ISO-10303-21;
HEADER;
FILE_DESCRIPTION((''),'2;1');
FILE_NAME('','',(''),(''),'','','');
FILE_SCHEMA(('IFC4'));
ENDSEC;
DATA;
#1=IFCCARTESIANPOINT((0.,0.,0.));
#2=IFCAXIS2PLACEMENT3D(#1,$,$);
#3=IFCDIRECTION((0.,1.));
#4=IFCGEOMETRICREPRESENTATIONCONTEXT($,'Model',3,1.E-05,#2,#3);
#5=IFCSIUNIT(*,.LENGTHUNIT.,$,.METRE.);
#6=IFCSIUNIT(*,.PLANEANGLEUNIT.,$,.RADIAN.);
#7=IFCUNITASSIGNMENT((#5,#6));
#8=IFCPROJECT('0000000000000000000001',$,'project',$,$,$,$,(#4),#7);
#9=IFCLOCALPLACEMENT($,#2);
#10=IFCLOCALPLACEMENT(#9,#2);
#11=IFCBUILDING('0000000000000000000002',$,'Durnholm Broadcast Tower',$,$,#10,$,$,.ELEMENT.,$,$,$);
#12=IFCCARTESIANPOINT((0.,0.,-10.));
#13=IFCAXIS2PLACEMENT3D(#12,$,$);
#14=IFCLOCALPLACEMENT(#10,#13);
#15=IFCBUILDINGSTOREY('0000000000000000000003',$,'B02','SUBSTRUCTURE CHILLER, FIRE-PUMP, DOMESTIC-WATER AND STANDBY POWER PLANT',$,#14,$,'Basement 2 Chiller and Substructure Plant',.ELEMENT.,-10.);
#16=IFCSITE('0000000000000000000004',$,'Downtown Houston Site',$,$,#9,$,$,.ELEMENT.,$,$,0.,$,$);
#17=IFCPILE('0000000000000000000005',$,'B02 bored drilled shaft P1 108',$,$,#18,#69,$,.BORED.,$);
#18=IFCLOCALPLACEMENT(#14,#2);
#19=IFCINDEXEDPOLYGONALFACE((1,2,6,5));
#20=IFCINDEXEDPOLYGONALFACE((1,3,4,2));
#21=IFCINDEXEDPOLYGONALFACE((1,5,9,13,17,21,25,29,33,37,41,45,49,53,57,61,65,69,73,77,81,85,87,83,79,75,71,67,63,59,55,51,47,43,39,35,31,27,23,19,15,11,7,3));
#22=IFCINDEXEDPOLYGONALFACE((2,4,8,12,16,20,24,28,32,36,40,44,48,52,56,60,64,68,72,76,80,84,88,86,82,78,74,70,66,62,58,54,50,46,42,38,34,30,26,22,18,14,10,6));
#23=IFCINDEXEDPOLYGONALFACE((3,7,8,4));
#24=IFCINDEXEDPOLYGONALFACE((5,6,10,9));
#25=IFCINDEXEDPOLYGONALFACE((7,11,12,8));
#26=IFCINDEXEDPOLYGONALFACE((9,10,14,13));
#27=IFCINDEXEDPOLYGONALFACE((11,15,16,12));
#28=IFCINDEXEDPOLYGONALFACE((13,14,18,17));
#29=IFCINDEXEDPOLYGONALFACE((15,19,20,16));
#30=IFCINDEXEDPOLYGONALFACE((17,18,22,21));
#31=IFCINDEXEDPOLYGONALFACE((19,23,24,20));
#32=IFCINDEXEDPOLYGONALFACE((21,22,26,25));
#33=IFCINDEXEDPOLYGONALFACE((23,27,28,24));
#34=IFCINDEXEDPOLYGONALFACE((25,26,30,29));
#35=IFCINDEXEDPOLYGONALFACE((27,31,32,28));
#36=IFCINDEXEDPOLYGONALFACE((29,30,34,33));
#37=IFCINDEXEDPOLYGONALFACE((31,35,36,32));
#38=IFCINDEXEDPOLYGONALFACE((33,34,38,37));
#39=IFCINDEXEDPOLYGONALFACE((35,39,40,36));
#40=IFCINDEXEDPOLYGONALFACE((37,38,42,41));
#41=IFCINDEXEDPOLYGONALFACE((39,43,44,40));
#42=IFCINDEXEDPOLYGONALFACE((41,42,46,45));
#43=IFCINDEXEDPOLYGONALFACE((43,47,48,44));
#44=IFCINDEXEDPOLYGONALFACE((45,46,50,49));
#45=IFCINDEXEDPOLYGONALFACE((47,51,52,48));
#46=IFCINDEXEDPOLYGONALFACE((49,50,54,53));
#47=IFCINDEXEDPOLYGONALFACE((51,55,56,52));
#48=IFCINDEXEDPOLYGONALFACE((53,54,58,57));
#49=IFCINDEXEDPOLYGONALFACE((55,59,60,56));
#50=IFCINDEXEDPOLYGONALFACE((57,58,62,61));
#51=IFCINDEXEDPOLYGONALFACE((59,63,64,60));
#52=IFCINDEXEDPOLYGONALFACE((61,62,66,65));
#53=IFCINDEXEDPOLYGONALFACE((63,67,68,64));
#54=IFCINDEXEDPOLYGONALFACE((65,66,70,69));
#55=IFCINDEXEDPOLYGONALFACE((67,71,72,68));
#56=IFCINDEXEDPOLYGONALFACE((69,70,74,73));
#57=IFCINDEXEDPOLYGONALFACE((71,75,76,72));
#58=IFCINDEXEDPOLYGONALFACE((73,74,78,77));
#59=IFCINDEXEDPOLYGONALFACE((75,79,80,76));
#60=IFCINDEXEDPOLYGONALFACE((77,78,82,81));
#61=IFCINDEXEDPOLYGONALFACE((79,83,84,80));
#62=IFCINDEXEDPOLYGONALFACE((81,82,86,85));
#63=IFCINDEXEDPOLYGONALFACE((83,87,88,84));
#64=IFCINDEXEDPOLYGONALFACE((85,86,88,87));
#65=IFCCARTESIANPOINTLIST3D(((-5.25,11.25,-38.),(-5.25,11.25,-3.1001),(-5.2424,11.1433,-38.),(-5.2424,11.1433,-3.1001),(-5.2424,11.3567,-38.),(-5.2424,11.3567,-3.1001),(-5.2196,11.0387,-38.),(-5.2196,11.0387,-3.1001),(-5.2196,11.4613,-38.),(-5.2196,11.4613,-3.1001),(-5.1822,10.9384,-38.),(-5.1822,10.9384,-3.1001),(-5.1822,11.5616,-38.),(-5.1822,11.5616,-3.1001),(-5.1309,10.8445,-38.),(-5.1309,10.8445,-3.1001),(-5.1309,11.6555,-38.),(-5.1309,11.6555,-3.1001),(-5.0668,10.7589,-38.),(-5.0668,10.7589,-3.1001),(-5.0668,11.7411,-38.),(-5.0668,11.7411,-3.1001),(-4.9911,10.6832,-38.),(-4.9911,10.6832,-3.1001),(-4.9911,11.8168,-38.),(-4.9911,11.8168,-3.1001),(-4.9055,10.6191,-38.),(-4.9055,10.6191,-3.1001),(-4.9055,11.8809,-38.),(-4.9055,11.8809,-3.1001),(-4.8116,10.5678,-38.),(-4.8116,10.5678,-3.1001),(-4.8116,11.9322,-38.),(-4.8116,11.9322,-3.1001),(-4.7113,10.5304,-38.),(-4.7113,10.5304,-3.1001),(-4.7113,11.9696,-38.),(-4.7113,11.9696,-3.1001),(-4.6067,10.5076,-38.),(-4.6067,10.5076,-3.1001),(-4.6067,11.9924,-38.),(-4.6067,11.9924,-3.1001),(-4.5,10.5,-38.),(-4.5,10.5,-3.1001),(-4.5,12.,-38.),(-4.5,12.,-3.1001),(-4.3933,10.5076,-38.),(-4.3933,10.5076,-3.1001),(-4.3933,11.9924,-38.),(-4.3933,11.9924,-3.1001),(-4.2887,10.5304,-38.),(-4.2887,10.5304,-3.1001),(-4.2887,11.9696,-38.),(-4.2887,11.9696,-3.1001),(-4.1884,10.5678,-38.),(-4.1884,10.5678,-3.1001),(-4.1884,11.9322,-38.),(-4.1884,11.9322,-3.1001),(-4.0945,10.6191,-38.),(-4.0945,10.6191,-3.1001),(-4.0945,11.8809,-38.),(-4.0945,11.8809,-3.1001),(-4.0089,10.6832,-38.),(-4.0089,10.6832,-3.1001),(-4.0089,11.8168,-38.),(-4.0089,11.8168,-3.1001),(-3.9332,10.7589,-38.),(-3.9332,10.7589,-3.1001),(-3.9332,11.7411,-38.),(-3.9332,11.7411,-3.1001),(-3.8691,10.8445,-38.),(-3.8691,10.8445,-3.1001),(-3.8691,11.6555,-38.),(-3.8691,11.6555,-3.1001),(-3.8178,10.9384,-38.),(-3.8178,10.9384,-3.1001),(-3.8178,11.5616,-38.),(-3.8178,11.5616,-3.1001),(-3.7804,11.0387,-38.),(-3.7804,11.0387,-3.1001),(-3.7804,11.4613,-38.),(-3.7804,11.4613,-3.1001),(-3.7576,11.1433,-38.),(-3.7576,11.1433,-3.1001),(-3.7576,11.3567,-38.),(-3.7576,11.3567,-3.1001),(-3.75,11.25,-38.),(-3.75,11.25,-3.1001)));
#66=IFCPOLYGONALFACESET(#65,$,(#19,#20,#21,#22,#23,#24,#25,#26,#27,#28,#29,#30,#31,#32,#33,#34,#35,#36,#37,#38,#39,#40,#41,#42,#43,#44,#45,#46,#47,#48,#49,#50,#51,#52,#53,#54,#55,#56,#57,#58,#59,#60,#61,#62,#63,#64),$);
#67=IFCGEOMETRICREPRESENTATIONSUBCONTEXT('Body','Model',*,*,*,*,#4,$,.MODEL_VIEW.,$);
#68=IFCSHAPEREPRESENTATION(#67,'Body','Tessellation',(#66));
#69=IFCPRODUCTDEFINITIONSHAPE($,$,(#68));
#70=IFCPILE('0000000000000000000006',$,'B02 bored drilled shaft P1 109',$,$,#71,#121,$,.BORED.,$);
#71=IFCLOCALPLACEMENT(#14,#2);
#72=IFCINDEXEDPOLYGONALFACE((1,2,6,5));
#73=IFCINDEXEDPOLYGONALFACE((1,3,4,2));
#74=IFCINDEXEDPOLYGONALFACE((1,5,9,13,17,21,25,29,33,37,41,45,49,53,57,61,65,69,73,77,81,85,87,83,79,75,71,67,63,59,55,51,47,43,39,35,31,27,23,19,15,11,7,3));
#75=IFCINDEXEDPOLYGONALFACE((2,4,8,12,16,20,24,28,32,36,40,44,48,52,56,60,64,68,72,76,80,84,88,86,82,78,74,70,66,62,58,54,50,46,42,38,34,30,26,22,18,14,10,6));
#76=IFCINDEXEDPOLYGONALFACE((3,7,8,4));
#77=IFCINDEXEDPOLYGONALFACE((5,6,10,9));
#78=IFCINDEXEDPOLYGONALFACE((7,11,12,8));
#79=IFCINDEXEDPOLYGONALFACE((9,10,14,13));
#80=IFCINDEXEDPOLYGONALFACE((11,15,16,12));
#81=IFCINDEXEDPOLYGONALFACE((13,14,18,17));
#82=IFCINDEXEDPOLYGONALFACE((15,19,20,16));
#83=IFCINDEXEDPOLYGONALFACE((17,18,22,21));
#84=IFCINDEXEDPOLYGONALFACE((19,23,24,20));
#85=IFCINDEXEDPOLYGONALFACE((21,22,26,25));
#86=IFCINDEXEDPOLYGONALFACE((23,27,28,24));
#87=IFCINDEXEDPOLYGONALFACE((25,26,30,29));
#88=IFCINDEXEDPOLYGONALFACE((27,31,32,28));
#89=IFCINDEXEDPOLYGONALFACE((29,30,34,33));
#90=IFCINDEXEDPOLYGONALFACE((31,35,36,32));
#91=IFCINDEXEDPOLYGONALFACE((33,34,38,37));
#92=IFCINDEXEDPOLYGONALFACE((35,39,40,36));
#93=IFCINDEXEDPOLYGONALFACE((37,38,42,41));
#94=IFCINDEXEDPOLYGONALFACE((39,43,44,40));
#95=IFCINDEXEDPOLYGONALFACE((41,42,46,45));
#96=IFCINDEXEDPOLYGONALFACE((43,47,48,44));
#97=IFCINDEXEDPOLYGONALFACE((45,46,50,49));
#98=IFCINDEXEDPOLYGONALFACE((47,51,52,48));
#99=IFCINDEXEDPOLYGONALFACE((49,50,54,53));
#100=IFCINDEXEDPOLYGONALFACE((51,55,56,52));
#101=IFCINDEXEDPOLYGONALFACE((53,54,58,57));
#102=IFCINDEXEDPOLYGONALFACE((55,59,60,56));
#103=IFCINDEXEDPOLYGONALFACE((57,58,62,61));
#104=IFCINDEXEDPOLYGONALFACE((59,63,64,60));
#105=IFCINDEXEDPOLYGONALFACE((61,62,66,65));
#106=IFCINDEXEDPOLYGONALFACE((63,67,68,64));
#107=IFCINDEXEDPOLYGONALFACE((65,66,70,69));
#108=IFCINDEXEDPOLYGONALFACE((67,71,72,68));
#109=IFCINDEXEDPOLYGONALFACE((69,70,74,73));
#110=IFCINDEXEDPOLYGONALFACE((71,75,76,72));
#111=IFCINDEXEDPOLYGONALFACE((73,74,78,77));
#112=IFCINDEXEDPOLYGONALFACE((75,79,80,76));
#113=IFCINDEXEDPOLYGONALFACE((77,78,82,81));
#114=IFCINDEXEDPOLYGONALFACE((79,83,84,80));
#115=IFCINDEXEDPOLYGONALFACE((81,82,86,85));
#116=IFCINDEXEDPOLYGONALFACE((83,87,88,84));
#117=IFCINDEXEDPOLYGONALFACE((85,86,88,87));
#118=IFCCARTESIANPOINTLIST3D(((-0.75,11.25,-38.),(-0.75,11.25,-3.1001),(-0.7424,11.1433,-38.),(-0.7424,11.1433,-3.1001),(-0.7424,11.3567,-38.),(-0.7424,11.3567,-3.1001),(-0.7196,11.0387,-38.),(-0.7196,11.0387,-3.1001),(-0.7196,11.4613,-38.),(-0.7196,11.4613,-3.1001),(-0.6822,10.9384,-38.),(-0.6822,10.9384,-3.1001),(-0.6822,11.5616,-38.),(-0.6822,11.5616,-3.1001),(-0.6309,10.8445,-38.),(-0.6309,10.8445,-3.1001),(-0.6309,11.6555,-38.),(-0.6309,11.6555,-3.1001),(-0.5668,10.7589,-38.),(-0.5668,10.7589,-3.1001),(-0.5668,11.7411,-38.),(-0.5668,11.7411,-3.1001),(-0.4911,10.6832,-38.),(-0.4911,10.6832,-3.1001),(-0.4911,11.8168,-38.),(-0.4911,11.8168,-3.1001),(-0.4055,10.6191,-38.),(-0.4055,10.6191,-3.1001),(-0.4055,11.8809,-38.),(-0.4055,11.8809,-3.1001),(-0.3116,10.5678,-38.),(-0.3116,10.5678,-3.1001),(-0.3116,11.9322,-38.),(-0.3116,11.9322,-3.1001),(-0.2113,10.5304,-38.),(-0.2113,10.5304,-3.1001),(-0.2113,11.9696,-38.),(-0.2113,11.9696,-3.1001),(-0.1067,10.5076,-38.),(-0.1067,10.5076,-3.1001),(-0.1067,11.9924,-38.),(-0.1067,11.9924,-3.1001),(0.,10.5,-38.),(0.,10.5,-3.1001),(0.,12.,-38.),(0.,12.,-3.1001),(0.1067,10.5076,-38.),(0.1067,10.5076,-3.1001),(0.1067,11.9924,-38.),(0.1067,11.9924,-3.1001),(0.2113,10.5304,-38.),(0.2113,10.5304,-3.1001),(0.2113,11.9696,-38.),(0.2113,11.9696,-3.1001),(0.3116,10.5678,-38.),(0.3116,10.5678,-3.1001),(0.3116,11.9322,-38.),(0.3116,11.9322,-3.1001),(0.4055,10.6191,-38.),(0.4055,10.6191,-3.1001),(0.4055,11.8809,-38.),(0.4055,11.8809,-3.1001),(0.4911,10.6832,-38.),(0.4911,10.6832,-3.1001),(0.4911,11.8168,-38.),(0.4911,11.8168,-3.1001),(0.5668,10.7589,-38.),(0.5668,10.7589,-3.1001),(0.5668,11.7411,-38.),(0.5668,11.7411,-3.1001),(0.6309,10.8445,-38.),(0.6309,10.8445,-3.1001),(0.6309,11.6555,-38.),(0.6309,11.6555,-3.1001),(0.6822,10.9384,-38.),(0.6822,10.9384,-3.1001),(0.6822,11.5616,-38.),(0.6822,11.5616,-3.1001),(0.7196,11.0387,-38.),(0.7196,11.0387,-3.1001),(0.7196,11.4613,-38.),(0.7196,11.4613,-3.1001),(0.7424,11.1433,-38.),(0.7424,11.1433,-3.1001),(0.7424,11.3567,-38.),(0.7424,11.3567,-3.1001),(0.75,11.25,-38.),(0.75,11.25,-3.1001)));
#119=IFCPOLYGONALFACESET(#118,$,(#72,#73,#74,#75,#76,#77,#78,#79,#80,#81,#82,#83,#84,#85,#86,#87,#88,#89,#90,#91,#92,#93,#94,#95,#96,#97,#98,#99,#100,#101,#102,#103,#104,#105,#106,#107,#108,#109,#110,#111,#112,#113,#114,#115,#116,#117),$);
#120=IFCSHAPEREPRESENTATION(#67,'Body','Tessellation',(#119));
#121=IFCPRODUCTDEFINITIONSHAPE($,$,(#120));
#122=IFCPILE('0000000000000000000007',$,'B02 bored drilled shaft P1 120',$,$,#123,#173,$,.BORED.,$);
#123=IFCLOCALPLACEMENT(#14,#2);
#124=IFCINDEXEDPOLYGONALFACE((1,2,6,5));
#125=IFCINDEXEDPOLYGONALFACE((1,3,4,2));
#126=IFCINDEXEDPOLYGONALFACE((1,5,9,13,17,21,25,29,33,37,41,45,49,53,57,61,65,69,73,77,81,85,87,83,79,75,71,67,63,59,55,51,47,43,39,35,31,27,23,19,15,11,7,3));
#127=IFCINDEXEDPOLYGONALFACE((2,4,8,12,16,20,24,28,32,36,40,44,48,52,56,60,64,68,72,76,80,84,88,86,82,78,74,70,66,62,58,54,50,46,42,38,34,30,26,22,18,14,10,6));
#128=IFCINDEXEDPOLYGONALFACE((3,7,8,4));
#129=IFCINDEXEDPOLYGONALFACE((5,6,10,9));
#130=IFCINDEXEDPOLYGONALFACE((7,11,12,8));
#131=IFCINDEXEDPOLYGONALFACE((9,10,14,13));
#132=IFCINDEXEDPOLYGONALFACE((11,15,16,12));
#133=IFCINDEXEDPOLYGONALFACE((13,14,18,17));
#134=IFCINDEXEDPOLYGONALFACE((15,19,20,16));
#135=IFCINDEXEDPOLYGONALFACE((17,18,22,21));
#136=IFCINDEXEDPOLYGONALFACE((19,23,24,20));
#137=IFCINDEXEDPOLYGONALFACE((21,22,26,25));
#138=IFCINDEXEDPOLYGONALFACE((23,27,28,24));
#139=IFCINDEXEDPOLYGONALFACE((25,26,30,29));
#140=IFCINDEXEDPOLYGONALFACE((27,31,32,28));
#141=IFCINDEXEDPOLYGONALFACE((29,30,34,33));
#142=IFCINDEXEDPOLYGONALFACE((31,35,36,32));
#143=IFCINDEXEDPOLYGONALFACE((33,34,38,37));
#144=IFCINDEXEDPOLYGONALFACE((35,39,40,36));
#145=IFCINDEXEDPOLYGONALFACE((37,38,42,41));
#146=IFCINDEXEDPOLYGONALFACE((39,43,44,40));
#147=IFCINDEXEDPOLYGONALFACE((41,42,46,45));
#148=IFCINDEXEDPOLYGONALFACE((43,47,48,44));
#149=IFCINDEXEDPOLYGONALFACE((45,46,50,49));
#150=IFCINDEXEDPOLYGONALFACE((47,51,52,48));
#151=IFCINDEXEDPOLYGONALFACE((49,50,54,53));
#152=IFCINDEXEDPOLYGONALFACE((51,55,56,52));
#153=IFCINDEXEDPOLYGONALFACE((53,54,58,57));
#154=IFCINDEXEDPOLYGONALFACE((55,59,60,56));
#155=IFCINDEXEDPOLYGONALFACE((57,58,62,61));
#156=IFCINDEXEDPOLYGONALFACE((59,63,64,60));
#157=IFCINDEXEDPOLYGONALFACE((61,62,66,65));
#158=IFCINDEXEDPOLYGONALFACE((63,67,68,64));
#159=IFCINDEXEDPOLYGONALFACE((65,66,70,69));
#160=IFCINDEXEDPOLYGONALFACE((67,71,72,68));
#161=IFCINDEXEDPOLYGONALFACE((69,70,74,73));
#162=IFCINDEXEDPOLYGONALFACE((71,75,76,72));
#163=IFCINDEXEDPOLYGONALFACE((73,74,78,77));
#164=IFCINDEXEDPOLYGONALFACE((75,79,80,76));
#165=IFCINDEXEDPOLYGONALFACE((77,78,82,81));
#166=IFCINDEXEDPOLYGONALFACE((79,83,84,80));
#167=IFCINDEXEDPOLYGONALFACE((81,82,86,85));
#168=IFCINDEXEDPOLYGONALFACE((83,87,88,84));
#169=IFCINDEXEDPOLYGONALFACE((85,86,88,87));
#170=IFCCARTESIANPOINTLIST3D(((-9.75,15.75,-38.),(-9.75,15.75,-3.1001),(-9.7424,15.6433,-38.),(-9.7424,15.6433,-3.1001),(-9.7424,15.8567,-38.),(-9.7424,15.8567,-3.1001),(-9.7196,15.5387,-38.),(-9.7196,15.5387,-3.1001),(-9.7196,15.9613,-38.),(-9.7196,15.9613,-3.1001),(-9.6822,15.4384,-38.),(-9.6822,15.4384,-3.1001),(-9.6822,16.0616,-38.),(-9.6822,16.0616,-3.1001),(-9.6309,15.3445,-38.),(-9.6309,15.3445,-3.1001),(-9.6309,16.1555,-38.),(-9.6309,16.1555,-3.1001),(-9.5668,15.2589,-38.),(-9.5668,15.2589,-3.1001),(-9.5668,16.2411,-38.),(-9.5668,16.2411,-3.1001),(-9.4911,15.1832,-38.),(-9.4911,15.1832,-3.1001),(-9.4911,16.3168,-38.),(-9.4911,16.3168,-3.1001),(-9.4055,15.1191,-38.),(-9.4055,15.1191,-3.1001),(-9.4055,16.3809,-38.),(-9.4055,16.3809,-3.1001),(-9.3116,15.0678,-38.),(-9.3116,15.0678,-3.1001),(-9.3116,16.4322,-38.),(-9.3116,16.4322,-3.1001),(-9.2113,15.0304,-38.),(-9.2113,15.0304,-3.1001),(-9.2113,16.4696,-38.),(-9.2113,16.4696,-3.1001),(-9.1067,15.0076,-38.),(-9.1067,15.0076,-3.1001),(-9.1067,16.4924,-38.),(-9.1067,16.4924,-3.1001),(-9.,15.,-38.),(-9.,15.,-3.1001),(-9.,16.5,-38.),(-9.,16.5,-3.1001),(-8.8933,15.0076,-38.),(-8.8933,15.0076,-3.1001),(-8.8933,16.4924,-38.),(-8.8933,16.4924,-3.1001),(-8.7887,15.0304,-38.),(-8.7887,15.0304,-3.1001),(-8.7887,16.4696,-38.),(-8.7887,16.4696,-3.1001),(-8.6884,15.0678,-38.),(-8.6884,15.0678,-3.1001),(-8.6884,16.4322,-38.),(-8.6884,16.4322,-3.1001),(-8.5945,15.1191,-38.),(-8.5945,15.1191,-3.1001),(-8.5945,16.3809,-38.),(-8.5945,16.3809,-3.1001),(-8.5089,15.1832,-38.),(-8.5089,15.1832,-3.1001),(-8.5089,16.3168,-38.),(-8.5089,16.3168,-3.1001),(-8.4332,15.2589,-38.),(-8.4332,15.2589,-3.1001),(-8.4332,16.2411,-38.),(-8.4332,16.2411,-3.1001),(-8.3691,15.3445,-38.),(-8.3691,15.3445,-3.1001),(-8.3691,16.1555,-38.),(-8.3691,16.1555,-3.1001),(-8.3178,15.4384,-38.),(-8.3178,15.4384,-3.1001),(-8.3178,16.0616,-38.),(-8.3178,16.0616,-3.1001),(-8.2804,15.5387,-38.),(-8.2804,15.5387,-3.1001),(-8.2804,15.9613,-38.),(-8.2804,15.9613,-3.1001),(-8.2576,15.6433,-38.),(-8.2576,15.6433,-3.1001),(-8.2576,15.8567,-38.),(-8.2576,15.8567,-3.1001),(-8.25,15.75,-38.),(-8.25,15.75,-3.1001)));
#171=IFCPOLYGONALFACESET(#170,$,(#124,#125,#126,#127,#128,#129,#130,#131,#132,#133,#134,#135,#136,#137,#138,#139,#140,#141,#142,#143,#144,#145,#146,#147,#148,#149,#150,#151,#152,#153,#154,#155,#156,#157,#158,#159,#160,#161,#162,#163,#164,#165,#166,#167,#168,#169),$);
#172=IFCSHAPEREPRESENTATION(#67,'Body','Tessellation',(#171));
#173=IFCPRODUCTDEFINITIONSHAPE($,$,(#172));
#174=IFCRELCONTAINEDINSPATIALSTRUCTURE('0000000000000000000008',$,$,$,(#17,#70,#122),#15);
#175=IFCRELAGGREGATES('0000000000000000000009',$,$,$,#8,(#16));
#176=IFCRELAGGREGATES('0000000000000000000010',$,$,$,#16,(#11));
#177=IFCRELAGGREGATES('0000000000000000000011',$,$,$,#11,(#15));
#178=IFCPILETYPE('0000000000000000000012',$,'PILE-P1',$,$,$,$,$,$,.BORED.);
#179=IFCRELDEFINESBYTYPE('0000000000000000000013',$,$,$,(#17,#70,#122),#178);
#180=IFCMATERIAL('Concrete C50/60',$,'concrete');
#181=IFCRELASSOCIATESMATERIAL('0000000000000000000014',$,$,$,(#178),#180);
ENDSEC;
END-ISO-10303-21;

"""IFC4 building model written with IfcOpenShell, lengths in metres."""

from ifc_helpers import new_model, si_unit, direction, frame, origin, origin_2d, place, context, subcontext, project, spatial, circle, extrude, source, transform, mapped, material, material_profile, profile_set, type_object, type_shapes, element, save


model = new_model("IFC4")

# Units and contexts
model_context = context("Model", 3, precision=1e-05, world=origin(), true_north=direction((0.0, 1.0)))
body_context = subcontext(model_context, "Body", "Model", "MODEL_VIEW")
ifc_project = project(units=[si_unit("LENGTHUNIT", "METRE"), si_unit("PLANEANGLEUNIT", "RADIAN")], contexts=[model_context])

# Site, building, storey
site_placement = place(None, origin())
site = spatial("IfcSite", under=ifc_project, at=site_placement, Name="Downtown Houston Site", CompositionType="ELEMENT", RefElevation=0.0)
building_placement = place(site_placement, origin())
building = spatial("IfcBuilding", under=site, at=building_placement, Name="Durnholm Broadcast Tower", CompositionType="ELEMENT")
storey_placement = place(building_placement, frame((0.0, 0.0, -10.0)))
storey = spatial("IfcBuildingStorey", under=building, at=storey_placement, Name="B02", Description="SUBSTRUCTURE CHILLER, FIRE-PUMP, DOMESTIC-WATER AND STANDBY POWER PLANT", LongName="Basement 2 Chiller and Substructure Plant", CompositionType="ELEMENT", Elevation=-10.0)

# Piles
ifc_material_1 = material(Name="Concrete C50/60", Category="concrete")
ifc_material_profile_1 = material_profile(ifc_material_1, circle(Radius=0.75, at=origin_2d()), Name="PILE1500")
ifc_profile_set_1 = profile_set([ifc_material_profile_1], Name="Concrete C50/60")
pile_type_1 = type_object("IfcPileType", Name="PILE-P1", PredefinedType="BORED", material=ifc_profile_set_1)
shared_shape_1 = source(origin(), body_context, "Body", "SweptSolid", [
    extrude(circle(Radius=0.75, at=origin_2d()), origin(), (0.0, 0.0, 1.0), 34.8999),
])
type_shapes(pile_type_1, [shared_shape_1])
for number, where, z_axis, x_axis, name in (
    (1, (-4.5, 11.25, -3.1001), (0.0, 0.0, -1.0), (1.0, 0.0, 0.0), "B02 bored drilled shaft P1 108"),
    (2, (0.0, 11.25, -3.1001), (0.0, 0.0, -1.0), (1.0, 0.0, 0.0), "B02 bored drilled shaft P1 109"),
    (3, (-9.0, 15.75, -3.1001), (0.0, 0.0, -1.0), (1.0, 0.0, 0.0), "B02 bored drilled shaft P1 120"),
):
    element("IfcPile", number, at=place(storey_placement, frame(where, z_axis=z_axis, x_axis=x_axis)), inside=storey, type_object=pile_type_1, Name=name, PredefinedType="BORED", context=body_context, shape_type="MappedRepresentation", body=[
        mapped(shared_shape_1, transform((0.0, 0.0, 0.0), x_axis=(1.0, 0.0, 0.0), y_axis=(0.0, 1.0, 0.0), z_axis=(0.0, 0.0, 1.0), scale=1.0)),
    ])

save(model, "model.ifc")
